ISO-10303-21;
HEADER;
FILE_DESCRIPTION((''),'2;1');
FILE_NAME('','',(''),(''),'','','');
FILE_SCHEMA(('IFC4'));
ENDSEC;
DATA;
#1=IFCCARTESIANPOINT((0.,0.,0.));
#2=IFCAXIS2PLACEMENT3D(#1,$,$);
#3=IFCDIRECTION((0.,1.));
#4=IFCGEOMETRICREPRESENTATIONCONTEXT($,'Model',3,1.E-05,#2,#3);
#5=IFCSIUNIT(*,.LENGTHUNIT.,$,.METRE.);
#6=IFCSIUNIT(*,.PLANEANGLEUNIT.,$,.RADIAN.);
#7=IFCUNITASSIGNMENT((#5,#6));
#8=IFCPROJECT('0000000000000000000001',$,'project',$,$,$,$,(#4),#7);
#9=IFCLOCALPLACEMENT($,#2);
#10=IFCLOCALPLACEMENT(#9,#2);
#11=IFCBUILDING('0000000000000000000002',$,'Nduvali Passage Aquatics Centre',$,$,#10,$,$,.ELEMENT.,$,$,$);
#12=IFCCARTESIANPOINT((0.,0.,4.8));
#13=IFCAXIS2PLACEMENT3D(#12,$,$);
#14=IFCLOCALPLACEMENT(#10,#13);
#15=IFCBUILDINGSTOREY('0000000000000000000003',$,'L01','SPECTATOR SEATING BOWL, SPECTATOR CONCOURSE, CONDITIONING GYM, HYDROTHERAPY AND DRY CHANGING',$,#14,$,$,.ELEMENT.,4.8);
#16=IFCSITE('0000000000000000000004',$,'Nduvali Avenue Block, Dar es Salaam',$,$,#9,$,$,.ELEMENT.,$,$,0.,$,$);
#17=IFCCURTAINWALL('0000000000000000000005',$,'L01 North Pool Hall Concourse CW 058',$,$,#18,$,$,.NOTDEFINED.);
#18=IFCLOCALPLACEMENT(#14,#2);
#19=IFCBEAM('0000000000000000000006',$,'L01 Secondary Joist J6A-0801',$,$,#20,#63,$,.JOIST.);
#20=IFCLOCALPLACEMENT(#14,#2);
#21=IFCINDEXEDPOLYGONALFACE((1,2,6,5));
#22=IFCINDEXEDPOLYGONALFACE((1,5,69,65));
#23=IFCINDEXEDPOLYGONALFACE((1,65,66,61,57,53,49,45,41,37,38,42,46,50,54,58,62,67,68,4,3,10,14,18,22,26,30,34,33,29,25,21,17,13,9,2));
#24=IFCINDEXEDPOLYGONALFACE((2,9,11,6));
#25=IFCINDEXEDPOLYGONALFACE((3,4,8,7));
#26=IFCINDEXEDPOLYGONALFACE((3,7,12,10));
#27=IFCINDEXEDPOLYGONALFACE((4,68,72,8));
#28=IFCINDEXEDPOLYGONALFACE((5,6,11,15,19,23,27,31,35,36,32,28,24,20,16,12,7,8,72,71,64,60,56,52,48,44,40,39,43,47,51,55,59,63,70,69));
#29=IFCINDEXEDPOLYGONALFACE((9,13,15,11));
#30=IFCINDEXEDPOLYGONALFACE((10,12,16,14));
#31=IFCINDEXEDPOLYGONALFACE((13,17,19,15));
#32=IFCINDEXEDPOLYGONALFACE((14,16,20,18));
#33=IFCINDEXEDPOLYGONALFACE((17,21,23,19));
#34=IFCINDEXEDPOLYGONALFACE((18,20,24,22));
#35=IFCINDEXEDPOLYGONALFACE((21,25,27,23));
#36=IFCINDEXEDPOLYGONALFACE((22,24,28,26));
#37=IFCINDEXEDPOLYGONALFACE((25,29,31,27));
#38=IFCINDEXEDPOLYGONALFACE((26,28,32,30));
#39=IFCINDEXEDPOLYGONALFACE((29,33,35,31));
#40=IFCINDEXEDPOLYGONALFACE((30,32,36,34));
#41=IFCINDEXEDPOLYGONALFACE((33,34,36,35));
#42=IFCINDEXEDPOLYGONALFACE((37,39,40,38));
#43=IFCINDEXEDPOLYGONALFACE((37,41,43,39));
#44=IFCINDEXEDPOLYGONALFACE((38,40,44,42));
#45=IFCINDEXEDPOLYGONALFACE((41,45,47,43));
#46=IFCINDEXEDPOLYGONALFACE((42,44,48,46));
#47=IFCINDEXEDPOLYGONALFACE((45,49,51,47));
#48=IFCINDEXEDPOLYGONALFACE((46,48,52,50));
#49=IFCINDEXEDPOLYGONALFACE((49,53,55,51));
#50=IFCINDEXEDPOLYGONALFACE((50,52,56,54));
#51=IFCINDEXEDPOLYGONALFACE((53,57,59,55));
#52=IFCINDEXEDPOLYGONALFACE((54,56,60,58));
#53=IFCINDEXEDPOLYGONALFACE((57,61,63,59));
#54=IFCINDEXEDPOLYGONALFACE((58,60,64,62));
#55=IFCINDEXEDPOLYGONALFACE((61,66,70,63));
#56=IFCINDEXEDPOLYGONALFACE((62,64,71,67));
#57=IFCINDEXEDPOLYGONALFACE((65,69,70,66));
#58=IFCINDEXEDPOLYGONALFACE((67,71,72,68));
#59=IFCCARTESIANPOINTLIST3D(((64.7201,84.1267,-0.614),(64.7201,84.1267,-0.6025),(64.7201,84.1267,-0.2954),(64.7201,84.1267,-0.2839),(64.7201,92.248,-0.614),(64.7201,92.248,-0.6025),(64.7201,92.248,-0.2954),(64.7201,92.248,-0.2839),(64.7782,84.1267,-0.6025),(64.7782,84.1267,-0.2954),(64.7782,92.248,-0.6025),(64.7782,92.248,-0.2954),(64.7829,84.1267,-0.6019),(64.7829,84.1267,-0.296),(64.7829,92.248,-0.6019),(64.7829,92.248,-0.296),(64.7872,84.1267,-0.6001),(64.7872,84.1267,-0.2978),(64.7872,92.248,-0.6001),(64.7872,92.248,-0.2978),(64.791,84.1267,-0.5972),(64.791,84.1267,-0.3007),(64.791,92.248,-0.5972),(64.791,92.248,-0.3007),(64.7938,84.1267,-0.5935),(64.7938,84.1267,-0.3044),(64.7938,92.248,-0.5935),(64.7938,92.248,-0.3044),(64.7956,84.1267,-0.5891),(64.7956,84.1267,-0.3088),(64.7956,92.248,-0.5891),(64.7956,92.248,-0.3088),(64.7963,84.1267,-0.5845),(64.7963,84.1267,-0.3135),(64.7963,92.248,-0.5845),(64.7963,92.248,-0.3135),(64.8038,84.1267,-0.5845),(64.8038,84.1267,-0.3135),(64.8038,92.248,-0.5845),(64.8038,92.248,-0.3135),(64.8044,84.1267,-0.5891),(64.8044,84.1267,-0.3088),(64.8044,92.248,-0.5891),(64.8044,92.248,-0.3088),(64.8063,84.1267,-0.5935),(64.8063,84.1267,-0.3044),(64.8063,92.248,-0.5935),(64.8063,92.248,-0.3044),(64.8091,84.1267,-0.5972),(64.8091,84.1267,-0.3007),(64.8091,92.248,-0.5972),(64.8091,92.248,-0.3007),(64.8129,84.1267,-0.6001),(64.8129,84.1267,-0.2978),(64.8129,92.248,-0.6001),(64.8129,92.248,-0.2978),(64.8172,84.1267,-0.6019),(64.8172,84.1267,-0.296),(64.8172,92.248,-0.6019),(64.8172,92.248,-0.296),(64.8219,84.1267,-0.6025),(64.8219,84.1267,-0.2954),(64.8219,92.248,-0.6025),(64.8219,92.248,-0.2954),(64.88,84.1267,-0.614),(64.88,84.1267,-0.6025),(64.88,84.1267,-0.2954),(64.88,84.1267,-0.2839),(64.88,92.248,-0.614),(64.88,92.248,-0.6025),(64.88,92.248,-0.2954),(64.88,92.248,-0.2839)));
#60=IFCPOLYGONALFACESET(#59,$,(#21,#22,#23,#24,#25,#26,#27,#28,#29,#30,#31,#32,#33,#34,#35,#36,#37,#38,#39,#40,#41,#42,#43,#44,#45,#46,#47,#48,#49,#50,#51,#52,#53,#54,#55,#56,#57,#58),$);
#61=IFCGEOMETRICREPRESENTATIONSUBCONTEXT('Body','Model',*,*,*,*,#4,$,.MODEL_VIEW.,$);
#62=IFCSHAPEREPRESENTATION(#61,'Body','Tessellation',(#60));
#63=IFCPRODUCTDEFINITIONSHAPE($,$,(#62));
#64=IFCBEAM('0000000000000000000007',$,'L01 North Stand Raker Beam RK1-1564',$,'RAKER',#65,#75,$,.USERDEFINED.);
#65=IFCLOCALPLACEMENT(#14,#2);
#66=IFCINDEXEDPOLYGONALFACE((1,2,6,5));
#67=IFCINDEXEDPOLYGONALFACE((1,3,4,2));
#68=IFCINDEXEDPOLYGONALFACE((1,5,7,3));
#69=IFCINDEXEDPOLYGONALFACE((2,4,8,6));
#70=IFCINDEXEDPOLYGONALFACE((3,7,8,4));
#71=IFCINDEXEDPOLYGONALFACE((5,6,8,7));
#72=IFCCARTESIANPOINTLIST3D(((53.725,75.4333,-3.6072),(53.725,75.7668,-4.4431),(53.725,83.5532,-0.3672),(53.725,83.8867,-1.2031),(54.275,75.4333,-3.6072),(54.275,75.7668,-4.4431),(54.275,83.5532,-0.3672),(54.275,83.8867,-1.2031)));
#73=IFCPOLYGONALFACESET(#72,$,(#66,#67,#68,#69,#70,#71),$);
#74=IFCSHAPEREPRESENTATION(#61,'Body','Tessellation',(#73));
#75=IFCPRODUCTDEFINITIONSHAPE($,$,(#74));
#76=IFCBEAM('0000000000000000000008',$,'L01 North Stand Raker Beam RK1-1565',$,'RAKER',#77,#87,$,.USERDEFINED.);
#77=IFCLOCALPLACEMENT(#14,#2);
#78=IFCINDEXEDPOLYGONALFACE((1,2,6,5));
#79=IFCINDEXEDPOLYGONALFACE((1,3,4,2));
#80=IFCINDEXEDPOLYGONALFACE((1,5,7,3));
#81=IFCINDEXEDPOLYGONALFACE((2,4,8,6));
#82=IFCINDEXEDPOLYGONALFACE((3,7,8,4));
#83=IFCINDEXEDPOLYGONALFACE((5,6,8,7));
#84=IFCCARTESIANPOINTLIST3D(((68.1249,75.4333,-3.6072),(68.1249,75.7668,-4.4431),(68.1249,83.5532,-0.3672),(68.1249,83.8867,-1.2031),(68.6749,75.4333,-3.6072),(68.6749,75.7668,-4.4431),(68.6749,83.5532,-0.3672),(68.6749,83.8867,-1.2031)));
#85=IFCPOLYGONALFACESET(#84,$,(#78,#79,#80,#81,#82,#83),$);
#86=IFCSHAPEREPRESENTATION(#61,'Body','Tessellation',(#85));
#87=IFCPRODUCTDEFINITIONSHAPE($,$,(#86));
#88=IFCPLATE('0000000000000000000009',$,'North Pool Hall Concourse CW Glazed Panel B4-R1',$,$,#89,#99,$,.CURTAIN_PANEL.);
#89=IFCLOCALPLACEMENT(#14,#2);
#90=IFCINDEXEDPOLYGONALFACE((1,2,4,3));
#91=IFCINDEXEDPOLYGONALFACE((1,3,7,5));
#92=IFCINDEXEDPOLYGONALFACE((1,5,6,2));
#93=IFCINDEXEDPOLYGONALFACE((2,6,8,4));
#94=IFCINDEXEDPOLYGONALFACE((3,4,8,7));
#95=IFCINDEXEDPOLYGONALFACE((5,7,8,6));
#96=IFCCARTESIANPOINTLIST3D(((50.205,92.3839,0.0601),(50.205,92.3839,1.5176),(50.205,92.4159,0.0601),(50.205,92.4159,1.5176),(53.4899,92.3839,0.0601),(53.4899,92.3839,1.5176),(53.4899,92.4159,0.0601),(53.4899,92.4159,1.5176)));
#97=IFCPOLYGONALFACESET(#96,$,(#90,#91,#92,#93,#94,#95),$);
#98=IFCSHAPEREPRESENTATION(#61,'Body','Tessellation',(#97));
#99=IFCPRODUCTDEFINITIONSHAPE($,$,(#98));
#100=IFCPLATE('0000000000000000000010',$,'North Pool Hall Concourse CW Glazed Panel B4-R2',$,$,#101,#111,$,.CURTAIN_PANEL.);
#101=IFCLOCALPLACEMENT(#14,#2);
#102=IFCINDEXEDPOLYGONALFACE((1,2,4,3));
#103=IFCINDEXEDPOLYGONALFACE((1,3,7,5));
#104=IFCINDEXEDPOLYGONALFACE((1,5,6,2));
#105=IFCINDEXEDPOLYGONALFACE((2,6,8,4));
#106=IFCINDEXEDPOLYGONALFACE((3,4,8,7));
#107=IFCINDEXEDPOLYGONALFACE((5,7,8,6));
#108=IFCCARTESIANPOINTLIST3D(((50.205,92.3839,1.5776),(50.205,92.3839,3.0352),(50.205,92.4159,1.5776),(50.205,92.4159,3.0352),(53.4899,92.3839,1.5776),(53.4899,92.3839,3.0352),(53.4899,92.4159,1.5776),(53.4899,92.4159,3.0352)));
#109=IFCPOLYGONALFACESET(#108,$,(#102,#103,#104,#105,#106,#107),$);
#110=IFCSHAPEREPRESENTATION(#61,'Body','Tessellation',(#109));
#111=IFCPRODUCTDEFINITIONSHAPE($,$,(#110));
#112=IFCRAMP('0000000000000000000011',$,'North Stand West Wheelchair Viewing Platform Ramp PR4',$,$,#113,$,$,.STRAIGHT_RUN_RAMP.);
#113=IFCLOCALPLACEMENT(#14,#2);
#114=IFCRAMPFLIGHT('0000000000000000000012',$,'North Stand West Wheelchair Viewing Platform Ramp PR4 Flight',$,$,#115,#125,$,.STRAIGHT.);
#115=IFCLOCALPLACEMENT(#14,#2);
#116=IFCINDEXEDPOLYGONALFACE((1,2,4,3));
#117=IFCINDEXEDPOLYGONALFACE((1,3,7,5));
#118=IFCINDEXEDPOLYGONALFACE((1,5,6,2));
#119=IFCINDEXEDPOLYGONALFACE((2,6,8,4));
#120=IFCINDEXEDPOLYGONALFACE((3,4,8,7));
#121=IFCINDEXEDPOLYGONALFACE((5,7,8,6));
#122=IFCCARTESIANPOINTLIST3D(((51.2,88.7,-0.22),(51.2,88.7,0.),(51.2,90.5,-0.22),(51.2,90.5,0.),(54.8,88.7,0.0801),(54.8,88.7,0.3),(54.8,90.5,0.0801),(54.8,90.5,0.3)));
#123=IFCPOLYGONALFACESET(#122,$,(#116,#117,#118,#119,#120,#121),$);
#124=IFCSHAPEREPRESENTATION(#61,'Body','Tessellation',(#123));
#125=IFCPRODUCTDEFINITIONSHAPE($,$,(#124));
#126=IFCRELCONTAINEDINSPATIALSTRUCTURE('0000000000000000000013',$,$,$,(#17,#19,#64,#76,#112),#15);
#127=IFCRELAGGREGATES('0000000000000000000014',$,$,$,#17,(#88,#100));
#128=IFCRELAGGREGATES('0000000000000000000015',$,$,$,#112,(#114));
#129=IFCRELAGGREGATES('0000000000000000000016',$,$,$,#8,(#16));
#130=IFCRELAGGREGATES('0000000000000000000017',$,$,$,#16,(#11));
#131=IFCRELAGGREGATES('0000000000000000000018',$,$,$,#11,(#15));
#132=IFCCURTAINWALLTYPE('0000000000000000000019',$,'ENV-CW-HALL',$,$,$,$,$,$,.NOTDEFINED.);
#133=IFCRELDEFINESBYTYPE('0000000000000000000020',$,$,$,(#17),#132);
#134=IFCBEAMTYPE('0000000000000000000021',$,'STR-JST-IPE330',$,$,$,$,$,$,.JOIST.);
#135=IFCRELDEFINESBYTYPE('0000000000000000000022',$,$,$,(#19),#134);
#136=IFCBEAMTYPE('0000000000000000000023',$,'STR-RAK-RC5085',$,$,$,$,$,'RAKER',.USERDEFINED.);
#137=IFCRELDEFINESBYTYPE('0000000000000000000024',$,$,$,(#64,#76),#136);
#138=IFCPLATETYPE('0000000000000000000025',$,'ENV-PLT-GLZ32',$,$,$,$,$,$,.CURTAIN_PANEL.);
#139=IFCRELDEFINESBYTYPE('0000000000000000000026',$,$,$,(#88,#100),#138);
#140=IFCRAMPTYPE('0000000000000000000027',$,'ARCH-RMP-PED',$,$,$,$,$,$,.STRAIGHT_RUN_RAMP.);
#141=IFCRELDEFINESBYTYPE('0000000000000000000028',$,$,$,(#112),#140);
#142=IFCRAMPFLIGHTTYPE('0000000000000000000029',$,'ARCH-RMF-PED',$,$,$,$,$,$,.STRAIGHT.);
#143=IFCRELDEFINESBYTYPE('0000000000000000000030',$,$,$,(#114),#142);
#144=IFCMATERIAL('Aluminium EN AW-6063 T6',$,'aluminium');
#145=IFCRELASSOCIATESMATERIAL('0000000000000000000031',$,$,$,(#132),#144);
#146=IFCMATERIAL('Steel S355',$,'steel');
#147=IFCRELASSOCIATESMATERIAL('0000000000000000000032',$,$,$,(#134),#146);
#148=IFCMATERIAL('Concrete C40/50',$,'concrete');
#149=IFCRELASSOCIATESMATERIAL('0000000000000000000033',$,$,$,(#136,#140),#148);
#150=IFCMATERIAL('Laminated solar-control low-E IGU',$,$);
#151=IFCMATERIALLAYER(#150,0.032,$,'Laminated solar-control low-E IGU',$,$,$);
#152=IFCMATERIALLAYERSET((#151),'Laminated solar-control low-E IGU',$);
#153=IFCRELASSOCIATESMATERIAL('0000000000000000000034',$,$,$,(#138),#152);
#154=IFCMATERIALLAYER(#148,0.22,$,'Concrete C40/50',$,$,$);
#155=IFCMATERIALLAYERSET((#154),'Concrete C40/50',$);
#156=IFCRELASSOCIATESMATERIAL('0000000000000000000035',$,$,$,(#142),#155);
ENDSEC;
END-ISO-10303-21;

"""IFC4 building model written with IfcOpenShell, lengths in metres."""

from ifc_helpers import new_model, si_unit, direction, frame, origin, origin_2d, place, context, subcontext, project, spatial, polyline, rectangle, i_section, outline, extrude, material, layer, layer_set, material_profile, profile_set, type_object, element, aggregate, save


model = new_model("IFC4")

# Units and contexts
model_context = context("Model", 3, precision=1e-05, world=origin(), true_north=direction((0.0, 1.0)))
body_context = subcontext(model_context, "Body", "Model", "MODEL_VIEW")
ifc_project = project(units=[si_unit("LENGTHUNIT", "METRE"), si_unit("PLANEANGLEUNIT", "RADIAN")], contexts=[model_context])

# Site, building, storey
site_placement = place(None, origin())
site = spatial("IfcSite", under=ifc_project, at=site_placement, Name="Nduvali Avenue Block, Dar es Salaam", CompositionType="ELEMENT", RefElevation=0.0)
building_placement = place(site_placement, origin())
building = spatial("IfcBuilding", under=site, at=building_placement, Name="Nduvali Passage Aquatics Centre", CompositionType="ELEMENT")
storey_placement = place(building_placement, frame((0.0, 0.0, 4.8)))
storey = spatial("IfcBuildingStorey", under=building, at=storey_placement, Name="L01", Description="SPECTATOR SEATING BOWL, SPECTATOR CONCOURSE, CONDITIONING GYM, HYDROTHERAPY AND DRY CHANGING", CompositionType="ELEMENT", Elevation=4.8)

# Shared definitions
ifc_material_1 = material(Name="Concrete C40/50", Category="concrete")
ifc_material_2 = material(Name="Steel S355", Category="steel")

# Curtain wall
ifc_material_3 = material(Name="Aluminium EN AW-6063 T6", Category="aluminium")
curtain_wall_type = type_object("IfcCurtainWallType", Name="ENV-CW-HALL", PredefinedType="NOTDEFINED", material=ifc_material_3)
curtain_wall_1_placement = place(storey_placement, origin())
curtain_wall_1 = element("IfcCurtainWall", 1, at=curtain_wall_1_placement, inside=storey, type_object=curtain_wall_type, Name="L01 North Pool Hall Concourse CW 058", PredefinedType="NOTDEFINED")

# Beams
ifc_material_profile_1 = material_profile(ifc_material_2, i_section(OverallWidth=0.1599, OverallDepth=0.3301, WebThickness=0.0076, FlangeThickness=0.0115, FilletRadius=0.0181, at=origin_2d()), Name="IPE 330")
ifc_profile_set_1 = profile_set([ifc_material_profile_1], Name="Steel S355")
beam_type_1 = type_object("IfcBeamType", Name="STR-JST-IPE330", PredefinedType="JOIST", material=ifc_profile_set_1)
for number, where, z_axis, x_axis, name in (
    (2, (64.8, 84.1267, -0.449), (0.0, 1.0, 0.0), (-1.0, 0.0, 0.0), "L01 Secondary Joist J6A-0801"),
):
    element("IfcBeam", number, at=place(storey_placement, frame(where, z_axis=z_axis, x_axis=x_axis)), inside=storey, type_object=beam_type_1, Name=name, PredefinedType="JOIST", context=body_context, shape_type="SweptSolid", body=[
        extrude(i_section(OverallWidth=0.1599, OverallDepth=0.3301, WebThickness=0.0076, FlangeThickness=0.0115, FilletRadius=0.0181, at=origin_2d()), origin(), (0.0, 0.0, 1.0), 8.1213),
    ])
ifc_material_profile_2 = material_profile(ifc_material_1, rectangle(XDim=0.55, YDim=0.8999, at=origin_2d()), Name="RC 550x900")
ifc_profile_set_2 = profile_set([ifc_material_profile_2], Name="Concrete C40/50")
beam_type_2 = type_object("IfcBeamType", Name="STR-RAK-RC5085", ElementType="RAKER", PredefinedType="USERDEFINED", material=ifc_profile_set_2)
for number, where, z_axis, x_axis, name in (
    (3, (54.0, 83.72, -0.7852), (0.0, -0.92879, -0.370606), (1.0, 0.0, 0.0), "L01 North Stand Raker Beam RK1-1564"),
    (4, (68.3999, 83.72, -0.7852), (0.0, -0.92879, -0.370606), (1.0, 0.0, 0.0), "L01 North Stand Raker Beam RK1-1565"),
):
    element("IfcBeam", number, at=place(storey_placement, frame(where, z_axis=z_axis, x_axis=x_axis)), inside=storey, type_object=beam_type_2, Name=name, ObjectType="RAKER", PredefinedType="USERDEFINED", context=body_context, shape_type="SweptSolid", body=[
        extrude(rectangle(XDim=0.55, YDim=0.8999, at=origin_2d()), origin(), (0.0, 0.0, 1.0), 8.7424),
    ])

# Plates
ifc_material_4 = material(Name="Laminated solar-control low-E IGU")
ifc_layer_1 = layer(ifc_material_4, 0.032, Name="Laminated solar-control low-E IGU")
ifc_layer_set_1 = layer_set([ifc_layer_1], Name="Laminated solar-control low-E IGU")
plate_type = type_object("IfcPlateType", Name="ENV-PLT-GLZ32", PredefinedType="CURTAIN_PANEL", material=ifc_layer_set_1)
plate_1_placement = place(storey_placement, frame((51.8474, 92.3999, 0.0601), z_axis=(0.0, 0.0, 1.0), x_axis=(1.0, 0.0, 0.0)))
plate_1 = element("IfcPlate", 5, at=plate_1_placement, type_object=plate_type, Name="North Pool Hall Concourse CW Glazed Panel B4-R1", PredefinedType="CURTAIN_PANEL", context=body_context, shape_type="SweptSolid", body=[
    extrude(rectangle(XDim=3.2849, YDim=0.032, at=origin_2d()), origin(), (0.0, 0.0, 1.0), 1.4575),
])
plate_2_placement = place(storey_placement, frame((51.8474, 92.3999, 1.5776), z_axis=(0.0, 0.0, 1.0), x_axis=(1.0, 0.0, 0.0)))
plate_2 = element("IfcPlate", 6, at=plate_2_placement, type_object=plate_type, Name="North Pool Hall Concourse CW Glazed Panel B4-R2", PredefinedType="CURTAIN_PANEL", context=body_context, shape_type="SweptSolid", body=[
    extrude(rectangle(XDim=3.2849, YDim=0.032, at=origin_2d()), origin(), (0.0, 0.0, 1.0), 1.4575),
])
aggregate(curtain_wall_1, [plate_1, plate_2])

# Ramp, ramp flight
ramp_type = type_object("IfcRampType", Name="ARCH-RMP-PED", PredefinedType="STRAIGHT_RUN_RAMP", material=ifc_material_1)
ramp_placement = place(storey_placement, origin())
ramp = element("IfcRamp", 7, at=ramp_placement, inside=storey, type_object=ramp_type, Name="North Stand West Wheelchair Viewing Platform Ramp PR4", PredefinedType="STRAIGHT_RUN_RAMP")
ifc_layer_2 = layer(ifc_material_1, 0.22, Name="Concrete C40/50")
ifc_layer_set_2 = layer_set([ifc_layer_2], Name="Concrete C40/50")
ramp_flight_type = type_object("IfcRampFlightType", Name="ARCH-RMF-PED", PredefinedType="STRAIGHT", material=ifc_layer_set_2)
ramp_flight_placement = place(storey_placement, frame((51.2, 89.6001, 0.0), z_axis=(0.0, 0.0, 1.0), x_axis=(1.0, 0.0, 0.0)))
ramp_flight = element("IfcRampFlight", 8, at=ramp_flight_placement, type_object=ramp_flight_type, Name="North Stand West Wheelchair Viewing Platform Ramp PR4 Flight", PredefinedType="STRAIGHT", context=body_context, shape_type="SweptSolid", body=[
    extrude(outline(polyline([(0.0, -0.22), (3.6001, 0.0801), (3.6001, 0.3), (0.0, 0.0), (0.0, -0.22)])), frame((0.0, 0.8999, 0.0), z_axis=(0.0, -1.0, 0.0), x_axis=(1.0, 0.0, 0.0)), (0.0, 0.0, 1.0), 1.8),
])
aggregate(ramp, [ramp_flight])

save(model, "model.ifc")
